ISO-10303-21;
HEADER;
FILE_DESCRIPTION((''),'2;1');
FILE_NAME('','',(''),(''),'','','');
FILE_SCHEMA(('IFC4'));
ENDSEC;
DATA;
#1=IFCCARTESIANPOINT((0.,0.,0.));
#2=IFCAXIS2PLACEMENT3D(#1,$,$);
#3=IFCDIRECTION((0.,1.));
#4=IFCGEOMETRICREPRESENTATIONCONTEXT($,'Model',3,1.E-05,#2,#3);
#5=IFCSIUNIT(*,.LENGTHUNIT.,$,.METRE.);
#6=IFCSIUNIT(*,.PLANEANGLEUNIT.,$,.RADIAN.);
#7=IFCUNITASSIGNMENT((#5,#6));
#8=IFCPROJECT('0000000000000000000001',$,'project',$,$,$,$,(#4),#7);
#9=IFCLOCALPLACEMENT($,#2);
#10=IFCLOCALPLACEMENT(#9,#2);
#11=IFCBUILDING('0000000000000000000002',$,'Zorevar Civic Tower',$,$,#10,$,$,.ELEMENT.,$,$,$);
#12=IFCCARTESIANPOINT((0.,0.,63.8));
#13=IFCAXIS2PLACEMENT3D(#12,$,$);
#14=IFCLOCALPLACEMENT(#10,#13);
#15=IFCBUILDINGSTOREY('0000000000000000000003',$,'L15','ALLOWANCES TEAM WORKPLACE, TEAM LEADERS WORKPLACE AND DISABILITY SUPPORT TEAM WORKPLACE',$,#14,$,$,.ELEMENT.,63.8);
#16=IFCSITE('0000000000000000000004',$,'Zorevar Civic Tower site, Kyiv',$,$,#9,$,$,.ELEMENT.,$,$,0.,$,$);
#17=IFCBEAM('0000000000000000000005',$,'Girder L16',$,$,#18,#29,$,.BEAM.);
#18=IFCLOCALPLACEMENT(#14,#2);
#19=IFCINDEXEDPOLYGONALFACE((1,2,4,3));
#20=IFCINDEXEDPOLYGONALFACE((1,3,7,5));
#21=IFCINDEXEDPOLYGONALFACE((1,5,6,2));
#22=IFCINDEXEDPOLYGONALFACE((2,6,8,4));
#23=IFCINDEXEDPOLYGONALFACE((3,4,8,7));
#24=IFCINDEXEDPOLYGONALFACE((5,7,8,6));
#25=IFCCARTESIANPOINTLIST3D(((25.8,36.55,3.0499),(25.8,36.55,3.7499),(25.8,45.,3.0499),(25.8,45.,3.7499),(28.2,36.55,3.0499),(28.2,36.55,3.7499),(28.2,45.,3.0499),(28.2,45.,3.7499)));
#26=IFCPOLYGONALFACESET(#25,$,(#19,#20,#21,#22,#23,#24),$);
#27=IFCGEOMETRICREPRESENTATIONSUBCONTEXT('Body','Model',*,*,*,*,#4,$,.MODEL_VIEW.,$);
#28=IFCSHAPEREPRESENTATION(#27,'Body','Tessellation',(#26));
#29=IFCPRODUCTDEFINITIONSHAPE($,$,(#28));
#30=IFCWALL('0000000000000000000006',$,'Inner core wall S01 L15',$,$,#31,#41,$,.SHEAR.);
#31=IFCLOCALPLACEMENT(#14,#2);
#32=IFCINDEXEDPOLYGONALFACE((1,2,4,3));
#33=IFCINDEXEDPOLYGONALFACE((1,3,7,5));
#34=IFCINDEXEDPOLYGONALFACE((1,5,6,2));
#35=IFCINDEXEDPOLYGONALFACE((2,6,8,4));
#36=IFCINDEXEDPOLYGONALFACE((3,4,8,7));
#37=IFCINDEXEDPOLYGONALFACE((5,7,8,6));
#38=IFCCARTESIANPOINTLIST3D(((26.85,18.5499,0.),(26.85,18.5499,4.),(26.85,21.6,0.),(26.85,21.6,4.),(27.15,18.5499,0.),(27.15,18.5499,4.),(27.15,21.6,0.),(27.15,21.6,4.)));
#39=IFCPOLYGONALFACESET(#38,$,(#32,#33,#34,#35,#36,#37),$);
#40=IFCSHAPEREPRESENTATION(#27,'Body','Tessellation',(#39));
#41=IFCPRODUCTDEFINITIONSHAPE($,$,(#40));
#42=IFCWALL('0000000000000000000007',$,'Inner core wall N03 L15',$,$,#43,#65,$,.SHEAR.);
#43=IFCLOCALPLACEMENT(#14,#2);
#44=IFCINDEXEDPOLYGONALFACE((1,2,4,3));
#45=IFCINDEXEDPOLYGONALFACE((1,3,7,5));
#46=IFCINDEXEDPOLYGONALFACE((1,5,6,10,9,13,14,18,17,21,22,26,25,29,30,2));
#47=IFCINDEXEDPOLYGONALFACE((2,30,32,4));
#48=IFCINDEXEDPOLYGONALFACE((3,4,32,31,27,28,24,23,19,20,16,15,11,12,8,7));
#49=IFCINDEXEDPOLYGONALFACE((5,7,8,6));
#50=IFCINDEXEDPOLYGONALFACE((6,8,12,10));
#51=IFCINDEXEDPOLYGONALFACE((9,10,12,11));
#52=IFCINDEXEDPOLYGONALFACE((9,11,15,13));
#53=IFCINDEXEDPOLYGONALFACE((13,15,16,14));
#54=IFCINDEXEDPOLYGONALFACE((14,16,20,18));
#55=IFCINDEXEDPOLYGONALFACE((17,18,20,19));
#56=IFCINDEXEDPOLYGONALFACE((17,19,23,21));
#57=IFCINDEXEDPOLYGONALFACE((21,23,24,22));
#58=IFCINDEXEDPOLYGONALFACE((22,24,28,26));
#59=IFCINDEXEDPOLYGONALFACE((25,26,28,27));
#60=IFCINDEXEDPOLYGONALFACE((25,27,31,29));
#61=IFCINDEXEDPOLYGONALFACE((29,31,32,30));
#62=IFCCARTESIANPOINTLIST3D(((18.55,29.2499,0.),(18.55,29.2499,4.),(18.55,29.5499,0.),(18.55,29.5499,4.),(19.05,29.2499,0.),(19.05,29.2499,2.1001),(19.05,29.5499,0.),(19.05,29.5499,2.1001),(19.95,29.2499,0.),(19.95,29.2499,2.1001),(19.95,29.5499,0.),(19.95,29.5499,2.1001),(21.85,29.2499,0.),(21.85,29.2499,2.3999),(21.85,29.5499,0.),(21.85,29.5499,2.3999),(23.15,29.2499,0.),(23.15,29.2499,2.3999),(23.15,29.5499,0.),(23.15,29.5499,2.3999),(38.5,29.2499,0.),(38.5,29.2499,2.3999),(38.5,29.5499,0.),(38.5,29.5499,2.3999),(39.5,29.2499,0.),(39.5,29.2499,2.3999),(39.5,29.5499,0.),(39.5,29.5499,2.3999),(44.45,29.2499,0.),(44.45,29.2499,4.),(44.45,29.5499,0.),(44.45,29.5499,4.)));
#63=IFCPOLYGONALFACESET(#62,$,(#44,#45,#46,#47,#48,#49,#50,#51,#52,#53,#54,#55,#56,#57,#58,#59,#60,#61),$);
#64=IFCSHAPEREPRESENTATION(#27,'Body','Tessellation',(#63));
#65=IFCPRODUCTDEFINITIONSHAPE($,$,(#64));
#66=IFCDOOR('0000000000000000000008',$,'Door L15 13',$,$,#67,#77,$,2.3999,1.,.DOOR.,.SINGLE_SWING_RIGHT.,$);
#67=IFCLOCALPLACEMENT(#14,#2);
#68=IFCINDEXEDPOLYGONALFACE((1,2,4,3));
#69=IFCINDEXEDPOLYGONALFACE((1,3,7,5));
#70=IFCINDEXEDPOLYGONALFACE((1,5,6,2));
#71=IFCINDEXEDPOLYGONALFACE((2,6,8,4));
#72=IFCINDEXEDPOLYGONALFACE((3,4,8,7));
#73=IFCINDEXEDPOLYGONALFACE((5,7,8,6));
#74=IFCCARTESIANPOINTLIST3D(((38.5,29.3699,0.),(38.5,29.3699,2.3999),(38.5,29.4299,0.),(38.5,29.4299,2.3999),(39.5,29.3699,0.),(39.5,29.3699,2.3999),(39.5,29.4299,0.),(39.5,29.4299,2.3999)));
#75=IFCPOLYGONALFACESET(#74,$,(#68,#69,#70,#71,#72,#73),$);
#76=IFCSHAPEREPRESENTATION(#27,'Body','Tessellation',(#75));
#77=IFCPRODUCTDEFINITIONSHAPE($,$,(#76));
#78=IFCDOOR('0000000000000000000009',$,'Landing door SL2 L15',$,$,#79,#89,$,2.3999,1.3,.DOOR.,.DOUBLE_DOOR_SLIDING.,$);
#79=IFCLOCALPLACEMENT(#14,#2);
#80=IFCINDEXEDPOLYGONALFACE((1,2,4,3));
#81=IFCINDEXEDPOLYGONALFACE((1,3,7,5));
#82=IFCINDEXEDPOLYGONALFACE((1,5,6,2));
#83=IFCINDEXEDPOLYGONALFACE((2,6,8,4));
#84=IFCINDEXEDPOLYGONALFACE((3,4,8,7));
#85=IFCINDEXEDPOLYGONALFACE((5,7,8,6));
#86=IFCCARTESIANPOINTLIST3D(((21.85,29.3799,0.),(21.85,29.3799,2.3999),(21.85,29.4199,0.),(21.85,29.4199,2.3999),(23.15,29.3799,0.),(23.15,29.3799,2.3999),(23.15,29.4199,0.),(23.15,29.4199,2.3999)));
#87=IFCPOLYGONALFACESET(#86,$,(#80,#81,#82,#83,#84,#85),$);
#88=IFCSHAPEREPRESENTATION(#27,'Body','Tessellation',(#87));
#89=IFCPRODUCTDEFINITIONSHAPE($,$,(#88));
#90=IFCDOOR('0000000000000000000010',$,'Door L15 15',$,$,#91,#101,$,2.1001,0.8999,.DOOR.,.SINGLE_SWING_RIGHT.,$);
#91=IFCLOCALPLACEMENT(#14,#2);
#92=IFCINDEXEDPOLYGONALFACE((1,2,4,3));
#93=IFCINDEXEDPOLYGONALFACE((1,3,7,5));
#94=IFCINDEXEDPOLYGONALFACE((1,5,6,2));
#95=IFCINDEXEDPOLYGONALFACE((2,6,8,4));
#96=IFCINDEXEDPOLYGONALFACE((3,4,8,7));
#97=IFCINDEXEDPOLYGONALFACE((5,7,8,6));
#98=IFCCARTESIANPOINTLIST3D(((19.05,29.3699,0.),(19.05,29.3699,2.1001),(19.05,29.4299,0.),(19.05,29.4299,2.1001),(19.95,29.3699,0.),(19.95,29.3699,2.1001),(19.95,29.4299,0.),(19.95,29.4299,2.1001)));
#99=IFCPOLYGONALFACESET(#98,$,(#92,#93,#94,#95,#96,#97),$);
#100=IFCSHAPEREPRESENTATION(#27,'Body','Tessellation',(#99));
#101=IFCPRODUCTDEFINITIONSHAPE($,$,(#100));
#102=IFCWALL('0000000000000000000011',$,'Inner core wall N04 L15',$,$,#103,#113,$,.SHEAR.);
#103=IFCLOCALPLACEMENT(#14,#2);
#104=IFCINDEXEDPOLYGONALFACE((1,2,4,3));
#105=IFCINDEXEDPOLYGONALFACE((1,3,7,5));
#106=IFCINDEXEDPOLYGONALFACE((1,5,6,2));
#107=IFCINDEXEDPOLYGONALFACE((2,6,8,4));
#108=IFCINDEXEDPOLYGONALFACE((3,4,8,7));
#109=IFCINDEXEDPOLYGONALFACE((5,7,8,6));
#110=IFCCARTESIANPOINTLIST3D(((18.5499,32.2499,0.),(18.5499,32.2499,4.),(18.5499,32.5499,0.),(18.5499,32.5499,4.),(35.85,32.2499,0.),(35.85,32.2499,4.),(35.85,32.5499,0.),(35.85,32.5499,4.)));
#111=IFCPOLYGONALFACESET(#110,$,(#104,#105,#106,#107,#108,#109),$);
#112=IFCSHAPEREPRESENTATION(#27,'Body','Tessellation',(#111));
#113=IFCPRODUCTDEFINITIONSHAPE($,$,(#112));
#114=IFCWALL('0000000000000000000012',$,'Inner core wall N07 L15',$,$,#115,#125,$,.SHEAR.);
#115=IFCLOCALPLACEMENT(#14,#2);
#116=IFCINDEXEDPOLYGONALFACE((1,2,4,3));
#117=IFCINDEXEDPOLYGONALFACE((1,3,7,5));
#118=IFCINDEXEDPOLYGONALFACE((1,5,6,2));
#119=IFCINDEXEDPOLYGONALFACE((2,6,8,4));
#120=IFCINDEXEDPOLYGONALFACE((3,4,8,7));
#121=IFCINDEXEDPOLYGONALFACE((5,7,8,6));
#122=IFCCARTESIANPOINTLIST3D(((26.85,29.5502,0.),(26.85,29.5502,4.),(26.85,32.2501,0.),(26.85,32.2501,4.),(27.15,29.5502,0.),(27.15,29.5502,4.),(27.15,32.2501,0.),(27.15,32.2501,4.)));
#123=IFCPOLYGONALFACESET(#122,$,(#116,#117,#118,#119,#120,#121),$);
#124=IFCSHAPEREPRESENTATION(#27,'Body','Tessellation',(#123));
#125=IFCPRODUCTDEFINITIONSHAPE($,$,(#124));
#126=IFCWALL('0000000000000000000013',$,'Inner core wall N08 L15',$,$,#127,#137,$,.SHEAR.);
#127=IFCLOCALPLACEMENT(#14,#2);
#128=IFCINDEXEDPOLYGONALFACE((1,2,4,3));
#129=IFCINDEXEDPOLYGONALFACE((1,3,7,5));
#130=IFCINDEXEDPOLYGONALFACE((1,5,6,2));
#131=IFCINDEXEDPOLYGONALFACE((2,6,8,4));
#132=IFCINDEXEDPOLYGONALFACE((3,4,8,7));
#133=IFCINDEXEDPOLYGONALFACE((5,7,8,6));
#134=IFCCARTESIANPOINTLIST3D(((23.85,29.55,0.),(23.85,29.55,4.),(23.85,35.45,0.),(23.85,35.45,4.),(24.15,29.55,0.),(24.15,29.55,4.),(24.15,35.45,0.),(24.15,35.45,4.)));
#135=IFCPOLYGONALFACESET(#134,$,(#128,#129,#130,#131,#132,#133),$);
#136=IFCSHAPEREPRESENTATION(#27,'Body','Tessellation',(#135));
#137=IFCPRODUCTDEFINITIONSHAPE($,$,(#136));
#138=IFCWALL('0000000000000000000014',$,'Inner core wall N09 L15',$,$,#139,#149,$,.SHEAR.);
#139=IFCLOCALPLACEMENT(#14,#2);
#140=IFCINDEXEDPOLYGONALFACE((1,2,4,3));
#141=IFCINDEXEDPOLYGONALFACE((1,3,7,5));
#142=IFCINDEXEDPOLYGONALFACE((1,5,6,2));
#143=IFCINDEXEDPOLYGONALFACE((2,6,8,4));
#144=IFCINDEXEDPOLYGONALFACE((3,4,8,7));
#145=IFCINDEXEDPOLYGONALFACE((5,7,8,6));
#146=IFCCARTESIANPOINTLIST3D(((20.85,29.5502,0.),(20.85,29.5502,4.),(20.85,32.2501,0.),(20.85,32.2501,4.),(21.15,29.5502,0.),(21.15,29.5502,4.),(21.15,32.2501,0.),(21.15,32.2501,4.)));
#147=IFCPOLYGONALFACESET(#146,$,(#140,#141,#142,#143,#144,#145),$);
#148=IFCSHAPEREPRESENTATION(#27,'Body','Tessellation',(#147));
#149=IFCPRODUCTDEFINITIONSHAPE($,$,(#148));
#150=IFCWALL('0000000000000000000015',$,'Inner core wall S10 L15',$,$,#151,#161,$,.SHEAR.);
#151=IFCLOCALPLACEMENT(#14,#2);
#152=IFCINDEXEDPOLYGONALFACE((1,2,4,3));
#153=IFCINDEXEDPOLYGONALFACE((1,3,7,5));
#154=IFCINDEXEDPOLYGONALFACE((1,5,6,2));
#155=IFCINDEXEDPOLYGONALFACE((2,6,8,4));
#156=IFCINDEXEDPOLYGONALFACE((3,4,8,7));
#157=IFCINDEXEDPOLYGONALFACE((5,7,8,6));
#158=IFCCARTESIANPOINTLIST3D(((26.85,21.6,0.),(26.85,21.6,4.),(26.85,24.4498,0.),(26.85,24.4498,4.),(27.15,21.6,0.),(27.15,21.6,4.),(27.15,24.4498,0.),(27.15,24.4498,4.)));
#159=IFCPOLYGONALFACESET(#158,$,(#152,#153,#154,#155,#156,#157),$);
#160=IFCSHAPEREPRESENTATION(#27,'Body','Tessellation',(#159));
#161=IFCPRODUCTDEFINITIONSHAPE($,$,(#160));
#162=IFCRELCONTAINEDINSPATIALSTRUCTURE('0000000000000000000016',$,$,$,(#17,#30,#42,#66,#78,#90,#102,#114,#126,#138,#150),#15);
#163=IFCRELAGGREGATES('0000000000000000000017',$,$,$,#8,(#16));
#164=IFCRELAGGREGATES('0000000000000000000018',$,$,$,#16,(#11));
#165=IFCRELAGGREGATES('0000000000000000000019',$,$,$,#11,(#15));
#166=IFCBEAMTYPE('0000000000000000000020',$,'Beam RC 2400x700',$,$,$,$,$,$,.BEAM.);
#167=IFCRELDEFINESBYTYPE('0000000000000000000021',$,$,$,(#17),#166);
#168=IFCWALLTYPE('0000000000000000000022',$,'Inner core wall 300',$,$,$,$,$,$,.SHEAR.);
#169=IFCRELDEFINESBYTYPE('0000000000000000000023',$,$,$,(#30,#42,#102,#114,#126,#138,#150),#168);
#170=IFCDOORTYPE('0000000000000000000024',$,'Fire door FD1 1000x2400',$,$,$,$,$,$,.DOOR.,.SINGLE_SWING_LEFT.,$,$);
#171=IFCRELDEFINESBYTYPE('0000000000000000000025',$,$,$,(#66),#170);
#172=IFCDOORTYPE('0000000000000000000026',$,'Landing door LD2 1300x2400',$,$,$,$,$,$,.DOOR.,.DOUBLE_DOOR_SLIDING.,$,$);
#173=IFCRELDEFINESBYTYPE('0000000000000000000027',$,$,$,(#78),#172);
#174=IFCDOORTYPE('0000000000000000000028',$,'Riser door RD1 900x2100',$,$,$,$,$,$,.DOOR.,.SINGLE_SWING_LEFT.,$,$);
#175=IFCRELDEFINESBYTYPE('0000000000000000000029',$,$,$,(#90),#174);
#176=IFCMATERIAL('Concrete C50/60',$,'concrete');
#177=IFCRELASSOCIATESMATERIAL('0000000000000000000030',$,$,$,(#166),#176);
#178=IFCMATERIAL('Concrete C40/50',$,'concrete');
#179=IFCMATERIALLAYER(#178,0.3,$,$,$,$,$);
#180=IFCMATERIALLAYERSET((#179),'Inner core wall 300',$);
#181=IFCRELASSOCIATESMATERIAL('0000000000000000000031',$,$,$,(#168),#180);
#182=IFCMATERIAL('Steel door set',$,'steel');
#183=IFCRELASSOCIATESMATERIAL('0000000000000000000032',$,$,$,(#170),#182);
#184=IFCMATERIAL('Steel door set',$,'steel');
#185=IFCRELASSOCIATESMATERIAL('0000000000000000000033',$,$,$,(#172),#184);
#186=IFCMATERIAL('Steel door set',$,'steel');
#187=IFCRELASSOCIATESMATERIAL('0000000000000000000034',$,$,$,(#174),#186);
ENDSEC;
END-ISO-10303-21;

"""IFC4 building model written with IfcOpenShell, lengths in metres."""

from ifc_helpers import new_model, si_unit, direction, frame, frame_2d, origin, origin_2d, place, context, subcontext, project, spatial, rectangle, extrude, material, layer, layer_set, material_profile, profile_set, type_object, element, fill, save


model = new_model("IFC4")

# Units and contexts
model_context = context("Model", 3, precision=1e-05, world=origin(), true_north=direction((0.0, 1.0)))
body_context = subcontext(model_context, "Body", "Model", "MODEL_VIEW")
ifc_project = project(units=[si_unit("LENGTHUNIT", "METRE"), si_unit("PLANEANGLEUNIT", "RADIAN")], contexts=[model_context])

# Site, building, storey
site_placement = place(None, origin())
site = spatial("IfcSite", under=ifc_project, at=site_placement, Name="Zorevar Civic Tower site, Kyiv", CompositionType="ELEMENT", RefElevation=0.0)
building_placement = place(site_placement, origin())
building = spatial("IfcBuilding", under=site, at=building_placement, Name="Zorevar Civic Tower", CompositionType="ELEMENT")
storey_placement = place(building_placement, frame((0.0, 0.0, 63.8)))
storey = spatial("IfcBuildingStorey", under=building, at=storey_placement, Name="L15", Description="ALLOWANCES TEAM WORKPLACE, TEAM LEADERS WORKPLACE AND DISABILITY SUPPORT TEAM WORKPLACE", CompositionType="ELEMENT", Elevation=63.8)

# Beam
ifc_material_1 = material(Name="Concrete C50/60", Category="concrete")
ifc_material_profile = material_profile(ifc_material_1, rectangle(XDim=2.3999, YDim=0.7, at=origin_2d()), Name="RC 2400x700")
ifc_profile_set = profile_set([ifc_material_profile], Name="Concrete C50/60")
beam_type = type_object("IfcBeamType", Name="Beam RC 2400x700", PredefinedType="BEAM", material=ifc_profile_set)
beam_placement = place(storey_placement, frame((27.0, 36.55, 3.3999), z_axis=(0.0, 1.0, 0.0), x_axis=(-1.0, 0.0, 0.0)))
element("IfcBeam", 1, at=beam_placement, inside=storey, type_object=beam_type, Name="Girder L16", PredefinedType="BEAM", context=body_context, shape_type="SweptSolid", body=[
    extrude(rectangle(XDim=2.3999, YDim=0.7, at=origin_2d()), origin(), (0.0, 0.0, 1.0), 8.45),
])

# Wall
ifc_material_2 = material(Name="Concrete C40/50", Category="concrete")
ifc_layer_1 = layer(ifc_material_2, 0.3)
ifc_layer_set_1 = layer_set([ifc_layer_1], Name="Inner core wall 300")
wall_type_1 = type_object("IfcWallType", Name="Inner core wall 300", PredefinedType="SHEAR", material=ifc_layer_set_1)
wall_1_placement = place(storey_placement, frame((27.0, 18.55, 0.0), z_axis=(0.0, 0.0, 1.0), x_axis=(0.0, 1.0, 0.0)))
element("IfcWall", 2, at=wall_1_placement, inside=storey, type_object=wall_type_1, Name="Inner core wall S01 L15", PredefinedType="SHEAR", context=body_context, shape_type="SweptSolid", body=[
    extrude(rectangle(XDim=3.05, YDim=0.3, at=frame_2d((1.5249, 0.0))), origin(), (0.0, 0.0, 1.0), 4.0),
])

# Wall, openings, doors
ifc_material_3 = material(Name="Steel door set", Category="steel")
door_type_1 = type_object("IfcDoorType", Name="Fire door FD1 1000x2400", OperationType="SINGLE_SWING_LEFT", PredefinedType="DOOR", material=ifc_material_3)
ifc_material_4 = material(Name="Steel door set", Category="steel")
door_type_2 = type_object("IfcDoorType", Name="Landing door LD2 1300x2400", OperationType="DOUBLE_DOOR_SLIDING", PredefinedType="DOOR", material=ifc_material_4)
ifc_material_5 = material(Name="Steel door set", Category="steel")
door_type_3 = type_object("IfcDoorType", Name="Riser door RD1 900x2100", OperationType="SINGLE_SWING_LEFT", PredefinedType="DOOR", material=ifc_material_5)
wall_2_placement = place(storey_placement, frame((18.55, 29.3999, 0.0), z_axis=(0.0, 0.0, 1.0), x_axis=(1.0, 0.0, 0.0)))
wall_2 = element("IfcWall", 3, at=wall_2_placement, inside=storey, type_object=wall_type_1, Name="Inner core wall N03 L15", PredefinedType="SHEAR", context=body_context, shape_type="SweptSolid", body=[
    extrude(rectangle(XDim=25.8999, YDim=0.3, at=frame_2d((12.95, 0.0))), origin(), (0.0, 0.0, 1.0), 4.0),
])
opening_1_placement = place(wall_2_placement, frame((19.95, 0.0, 0.0)))
opening_1 = element("IfcOpeningElement", 4, at=opening_1_placement, cuts=wall_2, PredefinedType="OPENING", context=body_context, shape_type="SweptSolid", body=[
    extrude(rectangle(XDim=1.0, YDim=2.3999, at=frame_2d((0.5, 1.2))), frame((0.0, 0.1599, 0.0), z_axis=(0.0, -1.0, 0.0), x_axis=(1.0, 0.0, 0.0)), (0.0, 0.0, 1.0), 0.3201),
])
opening_2_placement = place(wall_2_placement, frame((0.5, 0.0, 0.0)))
opening_2 = element("IfcOpeningElement", 5, at=opening_2_placement, cuts=wall_2, PredefinedType="OPENING", context=body_context, shape_type="SweptSolid", body=[
    extrude(rectangle(XDim=0.8999, YDim=2.1001, at=frame_2d((0.45, 1.05))), frame((0.0, 0.1599, 0.0), z_axis=(0.0, -1.0, 0.0), x_axis=(1.0, 0.0, 0.0)), (0.0, 0.0, 1.0), 0.3201),
])
opening_3_placement = place(wall_2_placement, frame((3.3, 0.0, 0.0)))
opening_3 = element("IfcOpeningElement", 6, at=opening_3_placement, cuts=wall_2, PredefinedType="OPENING", context=body_context, shape_type="SweptSolid", body=[
    extrude(rectangle(XDim=1.3, YDim=2.3999, at=frame_2d((0.6499, 1.2))), frame((0.0, 0.1599, 0.0), z_axis=(0.0, -1.0, 0.0), x_axis=(1.0, 0.0, 0.0)), (0.0, 0.0, 1.0), 0.3201),
])
door_1_placement = place(opening_1_placement, origin())
door_1 = element("IfcDoor", 7, at=door_1_placement, inside=storey, type_object=door_type_1, Name="Door L15 13", OperationType="SINGLE_SWING_RIGHT", OverallHeight=2.3999, OverallWidth=1.0, PredefinedType="DOOR", context=body_context, shape_type="SweptSolid", body=[
    extrude(rectangle(XDim=1.0, YDim=2.3999, at=frame_2d((0.5, 1.2))), frame((0.0, 0.03, 0.0), z_axis=(0.0, -1.0, 0.0), x_axis=(1.0, 0.0, 0.0)), (0.0, 0.0, 1.0), 0.0601),
])
fill(opening_1, door_1)
door_2_placement = place(opening_3_placement, origin())
door_2 = element("IfcDoor", 8, at=door_2_placement, inside=storey, type_object=door_type_2, Name="Landing door SL2 L15", OperationType="DOUBLE_DOOR_SLIDING", OverallHeight=2.3999, OverallWidth=1.3, PredefinedType="DOOR", context=body_context, shape_type="SweptSolid", body=[
    extrude(rectangle(XDim=1.3, YDim=2.3999, at=frame_2d((0.6499, 1.2))), frame((0.0, 0.02, 0.0), z_axis=(0.0, -1.0, 0.0), x_axis=(1.0, 0.0, 0.0)), (0.0, 0.0, 1.0), 0.04),
])
fill(opening_3, door_2)
door_3_placement = place(opening_2_placement, origin())
door_3 = element("IfcDoor", 9, at=door_3_placement, inside=storey, type_object=door_type_3, Name="Door L15 15", OperationType="SINGLE_SWING_RIGHT", OverallHeight=2.1001, OverallWidth=0.8999, PredefinedType="DOOR", context=body_context, shape_type="SweptSolid", body=[
    extrude(rectangle(XDim=0.8999, YDim=2.1001, at=frame_2d((0.45, 1.05))), frame((0.0, 0.03, 0.0), z_axis=(0.0, -1.0, 0.0), x_axis=(1.0, 0.0, 0.0)), (0.0, 0.0, 1.0), 0.0601),
])
fill(opening_2, door_3)

# Walls
wall_3_placement = place(storey_placement, frame((18.55, 32.3999, 0.0), z_axis=(0.0, 0.0, 1.0), x_axis=(1.0, 0.0, 0.0)))
element("IfcWall", 10, at=wall_3_placement, inside=storey, type_object=wall_type_1, Name="Inner core wall N04 L15", PredefinedType="SHEAR", context=body_context, shape_type="SweptSolid", body=[
    extrude(rectangle(XDim=17.3, YDim=0.3, at=frame_2d((8.6499, 0.0))), origin(), (0.0, 0.0, 1.0), 4.0),
])
wall_4_placement = place(storey_placement, frame((27.0, 29.55, 0.0), z_axis=(0.0, 0.0, 1.0), x_axis=(0.0, 1.0, 0.0)))
element("IfcWall", 11, at=wall_4_placement, inside=storey, type_object=wall_type_1, Name="Inner core wall N07 L15", PredefinedType="SHEAR", context=body_context, shape_type="SweptSolid", body=[
    extrude(rectangle(XDim=2.7, YDim=0.3, at=frame_2d((1.3501, 0.0))), origin(), (0.0, 0.0, 1.0), 4.0),
])
wall_5_placement = place(storey_placement, frame((24.0, 29.55, 0.0), z_axis=(0.0, 0.0, 1.0), x_axis=(0.0, 1.0, 0.0)))
element("IfcWall", 12, at=wall_5_placement, inside=storey, type_object=wall_type_1, Name="Inner core wall N08 L15", PredefinedType="SHEAR", context=body_context, shape_type="SweptSolid", body=[
    extrude(rectangle(XDim=5.8999, YDim=0.3, at=frame_2d((2.95, 0.0))), origin(), (0.0, 0.0, 1.0), 4.0),
])
wall_6_placement = place(storey_placement, frame((21.0, 29.55, 0.0), z_axis=(0.0, 0.0, 1.0), x_axis=(0.0, 1.0, 0.0)))
element("IfcWall", 13, at=wall_6_placement, inside=storey, type_object=wall_type_1, Name="Inner core wall N09 L15", PredefinedType="SHEAR", context=body_context, shape_type="SweptSolid", body=[
    extrude(rectangle(XDim=2.7, YDim=0.3, at=frame_2d((1.3501, 0.0))), origin(), (0.0, 0.0, 1.0), 4.0),
])
wall_7_placement = place(storey_placement, frame((27.0, 21.6001, 0.0), z_axis=(0.0, 0.0, 1.0), x_axis=(0.0, 1.0, 0.0)))
element("IfcWall", 14, at=wall_7_placement, inside=storey, type_object=wall_type_1, Name="Inner core wall S10 L15", PredefinedType="SHEAR", context=body_context, shape_type="SweptSolid", body=[
    extrude(rectangle(XDim=2.8499, YDim=0.3, at=frame_2d((1.4248, 0.0))), origin(), (0.0, 0.0, 1.0), 4.0),
])

save(model, "model.ifc")
